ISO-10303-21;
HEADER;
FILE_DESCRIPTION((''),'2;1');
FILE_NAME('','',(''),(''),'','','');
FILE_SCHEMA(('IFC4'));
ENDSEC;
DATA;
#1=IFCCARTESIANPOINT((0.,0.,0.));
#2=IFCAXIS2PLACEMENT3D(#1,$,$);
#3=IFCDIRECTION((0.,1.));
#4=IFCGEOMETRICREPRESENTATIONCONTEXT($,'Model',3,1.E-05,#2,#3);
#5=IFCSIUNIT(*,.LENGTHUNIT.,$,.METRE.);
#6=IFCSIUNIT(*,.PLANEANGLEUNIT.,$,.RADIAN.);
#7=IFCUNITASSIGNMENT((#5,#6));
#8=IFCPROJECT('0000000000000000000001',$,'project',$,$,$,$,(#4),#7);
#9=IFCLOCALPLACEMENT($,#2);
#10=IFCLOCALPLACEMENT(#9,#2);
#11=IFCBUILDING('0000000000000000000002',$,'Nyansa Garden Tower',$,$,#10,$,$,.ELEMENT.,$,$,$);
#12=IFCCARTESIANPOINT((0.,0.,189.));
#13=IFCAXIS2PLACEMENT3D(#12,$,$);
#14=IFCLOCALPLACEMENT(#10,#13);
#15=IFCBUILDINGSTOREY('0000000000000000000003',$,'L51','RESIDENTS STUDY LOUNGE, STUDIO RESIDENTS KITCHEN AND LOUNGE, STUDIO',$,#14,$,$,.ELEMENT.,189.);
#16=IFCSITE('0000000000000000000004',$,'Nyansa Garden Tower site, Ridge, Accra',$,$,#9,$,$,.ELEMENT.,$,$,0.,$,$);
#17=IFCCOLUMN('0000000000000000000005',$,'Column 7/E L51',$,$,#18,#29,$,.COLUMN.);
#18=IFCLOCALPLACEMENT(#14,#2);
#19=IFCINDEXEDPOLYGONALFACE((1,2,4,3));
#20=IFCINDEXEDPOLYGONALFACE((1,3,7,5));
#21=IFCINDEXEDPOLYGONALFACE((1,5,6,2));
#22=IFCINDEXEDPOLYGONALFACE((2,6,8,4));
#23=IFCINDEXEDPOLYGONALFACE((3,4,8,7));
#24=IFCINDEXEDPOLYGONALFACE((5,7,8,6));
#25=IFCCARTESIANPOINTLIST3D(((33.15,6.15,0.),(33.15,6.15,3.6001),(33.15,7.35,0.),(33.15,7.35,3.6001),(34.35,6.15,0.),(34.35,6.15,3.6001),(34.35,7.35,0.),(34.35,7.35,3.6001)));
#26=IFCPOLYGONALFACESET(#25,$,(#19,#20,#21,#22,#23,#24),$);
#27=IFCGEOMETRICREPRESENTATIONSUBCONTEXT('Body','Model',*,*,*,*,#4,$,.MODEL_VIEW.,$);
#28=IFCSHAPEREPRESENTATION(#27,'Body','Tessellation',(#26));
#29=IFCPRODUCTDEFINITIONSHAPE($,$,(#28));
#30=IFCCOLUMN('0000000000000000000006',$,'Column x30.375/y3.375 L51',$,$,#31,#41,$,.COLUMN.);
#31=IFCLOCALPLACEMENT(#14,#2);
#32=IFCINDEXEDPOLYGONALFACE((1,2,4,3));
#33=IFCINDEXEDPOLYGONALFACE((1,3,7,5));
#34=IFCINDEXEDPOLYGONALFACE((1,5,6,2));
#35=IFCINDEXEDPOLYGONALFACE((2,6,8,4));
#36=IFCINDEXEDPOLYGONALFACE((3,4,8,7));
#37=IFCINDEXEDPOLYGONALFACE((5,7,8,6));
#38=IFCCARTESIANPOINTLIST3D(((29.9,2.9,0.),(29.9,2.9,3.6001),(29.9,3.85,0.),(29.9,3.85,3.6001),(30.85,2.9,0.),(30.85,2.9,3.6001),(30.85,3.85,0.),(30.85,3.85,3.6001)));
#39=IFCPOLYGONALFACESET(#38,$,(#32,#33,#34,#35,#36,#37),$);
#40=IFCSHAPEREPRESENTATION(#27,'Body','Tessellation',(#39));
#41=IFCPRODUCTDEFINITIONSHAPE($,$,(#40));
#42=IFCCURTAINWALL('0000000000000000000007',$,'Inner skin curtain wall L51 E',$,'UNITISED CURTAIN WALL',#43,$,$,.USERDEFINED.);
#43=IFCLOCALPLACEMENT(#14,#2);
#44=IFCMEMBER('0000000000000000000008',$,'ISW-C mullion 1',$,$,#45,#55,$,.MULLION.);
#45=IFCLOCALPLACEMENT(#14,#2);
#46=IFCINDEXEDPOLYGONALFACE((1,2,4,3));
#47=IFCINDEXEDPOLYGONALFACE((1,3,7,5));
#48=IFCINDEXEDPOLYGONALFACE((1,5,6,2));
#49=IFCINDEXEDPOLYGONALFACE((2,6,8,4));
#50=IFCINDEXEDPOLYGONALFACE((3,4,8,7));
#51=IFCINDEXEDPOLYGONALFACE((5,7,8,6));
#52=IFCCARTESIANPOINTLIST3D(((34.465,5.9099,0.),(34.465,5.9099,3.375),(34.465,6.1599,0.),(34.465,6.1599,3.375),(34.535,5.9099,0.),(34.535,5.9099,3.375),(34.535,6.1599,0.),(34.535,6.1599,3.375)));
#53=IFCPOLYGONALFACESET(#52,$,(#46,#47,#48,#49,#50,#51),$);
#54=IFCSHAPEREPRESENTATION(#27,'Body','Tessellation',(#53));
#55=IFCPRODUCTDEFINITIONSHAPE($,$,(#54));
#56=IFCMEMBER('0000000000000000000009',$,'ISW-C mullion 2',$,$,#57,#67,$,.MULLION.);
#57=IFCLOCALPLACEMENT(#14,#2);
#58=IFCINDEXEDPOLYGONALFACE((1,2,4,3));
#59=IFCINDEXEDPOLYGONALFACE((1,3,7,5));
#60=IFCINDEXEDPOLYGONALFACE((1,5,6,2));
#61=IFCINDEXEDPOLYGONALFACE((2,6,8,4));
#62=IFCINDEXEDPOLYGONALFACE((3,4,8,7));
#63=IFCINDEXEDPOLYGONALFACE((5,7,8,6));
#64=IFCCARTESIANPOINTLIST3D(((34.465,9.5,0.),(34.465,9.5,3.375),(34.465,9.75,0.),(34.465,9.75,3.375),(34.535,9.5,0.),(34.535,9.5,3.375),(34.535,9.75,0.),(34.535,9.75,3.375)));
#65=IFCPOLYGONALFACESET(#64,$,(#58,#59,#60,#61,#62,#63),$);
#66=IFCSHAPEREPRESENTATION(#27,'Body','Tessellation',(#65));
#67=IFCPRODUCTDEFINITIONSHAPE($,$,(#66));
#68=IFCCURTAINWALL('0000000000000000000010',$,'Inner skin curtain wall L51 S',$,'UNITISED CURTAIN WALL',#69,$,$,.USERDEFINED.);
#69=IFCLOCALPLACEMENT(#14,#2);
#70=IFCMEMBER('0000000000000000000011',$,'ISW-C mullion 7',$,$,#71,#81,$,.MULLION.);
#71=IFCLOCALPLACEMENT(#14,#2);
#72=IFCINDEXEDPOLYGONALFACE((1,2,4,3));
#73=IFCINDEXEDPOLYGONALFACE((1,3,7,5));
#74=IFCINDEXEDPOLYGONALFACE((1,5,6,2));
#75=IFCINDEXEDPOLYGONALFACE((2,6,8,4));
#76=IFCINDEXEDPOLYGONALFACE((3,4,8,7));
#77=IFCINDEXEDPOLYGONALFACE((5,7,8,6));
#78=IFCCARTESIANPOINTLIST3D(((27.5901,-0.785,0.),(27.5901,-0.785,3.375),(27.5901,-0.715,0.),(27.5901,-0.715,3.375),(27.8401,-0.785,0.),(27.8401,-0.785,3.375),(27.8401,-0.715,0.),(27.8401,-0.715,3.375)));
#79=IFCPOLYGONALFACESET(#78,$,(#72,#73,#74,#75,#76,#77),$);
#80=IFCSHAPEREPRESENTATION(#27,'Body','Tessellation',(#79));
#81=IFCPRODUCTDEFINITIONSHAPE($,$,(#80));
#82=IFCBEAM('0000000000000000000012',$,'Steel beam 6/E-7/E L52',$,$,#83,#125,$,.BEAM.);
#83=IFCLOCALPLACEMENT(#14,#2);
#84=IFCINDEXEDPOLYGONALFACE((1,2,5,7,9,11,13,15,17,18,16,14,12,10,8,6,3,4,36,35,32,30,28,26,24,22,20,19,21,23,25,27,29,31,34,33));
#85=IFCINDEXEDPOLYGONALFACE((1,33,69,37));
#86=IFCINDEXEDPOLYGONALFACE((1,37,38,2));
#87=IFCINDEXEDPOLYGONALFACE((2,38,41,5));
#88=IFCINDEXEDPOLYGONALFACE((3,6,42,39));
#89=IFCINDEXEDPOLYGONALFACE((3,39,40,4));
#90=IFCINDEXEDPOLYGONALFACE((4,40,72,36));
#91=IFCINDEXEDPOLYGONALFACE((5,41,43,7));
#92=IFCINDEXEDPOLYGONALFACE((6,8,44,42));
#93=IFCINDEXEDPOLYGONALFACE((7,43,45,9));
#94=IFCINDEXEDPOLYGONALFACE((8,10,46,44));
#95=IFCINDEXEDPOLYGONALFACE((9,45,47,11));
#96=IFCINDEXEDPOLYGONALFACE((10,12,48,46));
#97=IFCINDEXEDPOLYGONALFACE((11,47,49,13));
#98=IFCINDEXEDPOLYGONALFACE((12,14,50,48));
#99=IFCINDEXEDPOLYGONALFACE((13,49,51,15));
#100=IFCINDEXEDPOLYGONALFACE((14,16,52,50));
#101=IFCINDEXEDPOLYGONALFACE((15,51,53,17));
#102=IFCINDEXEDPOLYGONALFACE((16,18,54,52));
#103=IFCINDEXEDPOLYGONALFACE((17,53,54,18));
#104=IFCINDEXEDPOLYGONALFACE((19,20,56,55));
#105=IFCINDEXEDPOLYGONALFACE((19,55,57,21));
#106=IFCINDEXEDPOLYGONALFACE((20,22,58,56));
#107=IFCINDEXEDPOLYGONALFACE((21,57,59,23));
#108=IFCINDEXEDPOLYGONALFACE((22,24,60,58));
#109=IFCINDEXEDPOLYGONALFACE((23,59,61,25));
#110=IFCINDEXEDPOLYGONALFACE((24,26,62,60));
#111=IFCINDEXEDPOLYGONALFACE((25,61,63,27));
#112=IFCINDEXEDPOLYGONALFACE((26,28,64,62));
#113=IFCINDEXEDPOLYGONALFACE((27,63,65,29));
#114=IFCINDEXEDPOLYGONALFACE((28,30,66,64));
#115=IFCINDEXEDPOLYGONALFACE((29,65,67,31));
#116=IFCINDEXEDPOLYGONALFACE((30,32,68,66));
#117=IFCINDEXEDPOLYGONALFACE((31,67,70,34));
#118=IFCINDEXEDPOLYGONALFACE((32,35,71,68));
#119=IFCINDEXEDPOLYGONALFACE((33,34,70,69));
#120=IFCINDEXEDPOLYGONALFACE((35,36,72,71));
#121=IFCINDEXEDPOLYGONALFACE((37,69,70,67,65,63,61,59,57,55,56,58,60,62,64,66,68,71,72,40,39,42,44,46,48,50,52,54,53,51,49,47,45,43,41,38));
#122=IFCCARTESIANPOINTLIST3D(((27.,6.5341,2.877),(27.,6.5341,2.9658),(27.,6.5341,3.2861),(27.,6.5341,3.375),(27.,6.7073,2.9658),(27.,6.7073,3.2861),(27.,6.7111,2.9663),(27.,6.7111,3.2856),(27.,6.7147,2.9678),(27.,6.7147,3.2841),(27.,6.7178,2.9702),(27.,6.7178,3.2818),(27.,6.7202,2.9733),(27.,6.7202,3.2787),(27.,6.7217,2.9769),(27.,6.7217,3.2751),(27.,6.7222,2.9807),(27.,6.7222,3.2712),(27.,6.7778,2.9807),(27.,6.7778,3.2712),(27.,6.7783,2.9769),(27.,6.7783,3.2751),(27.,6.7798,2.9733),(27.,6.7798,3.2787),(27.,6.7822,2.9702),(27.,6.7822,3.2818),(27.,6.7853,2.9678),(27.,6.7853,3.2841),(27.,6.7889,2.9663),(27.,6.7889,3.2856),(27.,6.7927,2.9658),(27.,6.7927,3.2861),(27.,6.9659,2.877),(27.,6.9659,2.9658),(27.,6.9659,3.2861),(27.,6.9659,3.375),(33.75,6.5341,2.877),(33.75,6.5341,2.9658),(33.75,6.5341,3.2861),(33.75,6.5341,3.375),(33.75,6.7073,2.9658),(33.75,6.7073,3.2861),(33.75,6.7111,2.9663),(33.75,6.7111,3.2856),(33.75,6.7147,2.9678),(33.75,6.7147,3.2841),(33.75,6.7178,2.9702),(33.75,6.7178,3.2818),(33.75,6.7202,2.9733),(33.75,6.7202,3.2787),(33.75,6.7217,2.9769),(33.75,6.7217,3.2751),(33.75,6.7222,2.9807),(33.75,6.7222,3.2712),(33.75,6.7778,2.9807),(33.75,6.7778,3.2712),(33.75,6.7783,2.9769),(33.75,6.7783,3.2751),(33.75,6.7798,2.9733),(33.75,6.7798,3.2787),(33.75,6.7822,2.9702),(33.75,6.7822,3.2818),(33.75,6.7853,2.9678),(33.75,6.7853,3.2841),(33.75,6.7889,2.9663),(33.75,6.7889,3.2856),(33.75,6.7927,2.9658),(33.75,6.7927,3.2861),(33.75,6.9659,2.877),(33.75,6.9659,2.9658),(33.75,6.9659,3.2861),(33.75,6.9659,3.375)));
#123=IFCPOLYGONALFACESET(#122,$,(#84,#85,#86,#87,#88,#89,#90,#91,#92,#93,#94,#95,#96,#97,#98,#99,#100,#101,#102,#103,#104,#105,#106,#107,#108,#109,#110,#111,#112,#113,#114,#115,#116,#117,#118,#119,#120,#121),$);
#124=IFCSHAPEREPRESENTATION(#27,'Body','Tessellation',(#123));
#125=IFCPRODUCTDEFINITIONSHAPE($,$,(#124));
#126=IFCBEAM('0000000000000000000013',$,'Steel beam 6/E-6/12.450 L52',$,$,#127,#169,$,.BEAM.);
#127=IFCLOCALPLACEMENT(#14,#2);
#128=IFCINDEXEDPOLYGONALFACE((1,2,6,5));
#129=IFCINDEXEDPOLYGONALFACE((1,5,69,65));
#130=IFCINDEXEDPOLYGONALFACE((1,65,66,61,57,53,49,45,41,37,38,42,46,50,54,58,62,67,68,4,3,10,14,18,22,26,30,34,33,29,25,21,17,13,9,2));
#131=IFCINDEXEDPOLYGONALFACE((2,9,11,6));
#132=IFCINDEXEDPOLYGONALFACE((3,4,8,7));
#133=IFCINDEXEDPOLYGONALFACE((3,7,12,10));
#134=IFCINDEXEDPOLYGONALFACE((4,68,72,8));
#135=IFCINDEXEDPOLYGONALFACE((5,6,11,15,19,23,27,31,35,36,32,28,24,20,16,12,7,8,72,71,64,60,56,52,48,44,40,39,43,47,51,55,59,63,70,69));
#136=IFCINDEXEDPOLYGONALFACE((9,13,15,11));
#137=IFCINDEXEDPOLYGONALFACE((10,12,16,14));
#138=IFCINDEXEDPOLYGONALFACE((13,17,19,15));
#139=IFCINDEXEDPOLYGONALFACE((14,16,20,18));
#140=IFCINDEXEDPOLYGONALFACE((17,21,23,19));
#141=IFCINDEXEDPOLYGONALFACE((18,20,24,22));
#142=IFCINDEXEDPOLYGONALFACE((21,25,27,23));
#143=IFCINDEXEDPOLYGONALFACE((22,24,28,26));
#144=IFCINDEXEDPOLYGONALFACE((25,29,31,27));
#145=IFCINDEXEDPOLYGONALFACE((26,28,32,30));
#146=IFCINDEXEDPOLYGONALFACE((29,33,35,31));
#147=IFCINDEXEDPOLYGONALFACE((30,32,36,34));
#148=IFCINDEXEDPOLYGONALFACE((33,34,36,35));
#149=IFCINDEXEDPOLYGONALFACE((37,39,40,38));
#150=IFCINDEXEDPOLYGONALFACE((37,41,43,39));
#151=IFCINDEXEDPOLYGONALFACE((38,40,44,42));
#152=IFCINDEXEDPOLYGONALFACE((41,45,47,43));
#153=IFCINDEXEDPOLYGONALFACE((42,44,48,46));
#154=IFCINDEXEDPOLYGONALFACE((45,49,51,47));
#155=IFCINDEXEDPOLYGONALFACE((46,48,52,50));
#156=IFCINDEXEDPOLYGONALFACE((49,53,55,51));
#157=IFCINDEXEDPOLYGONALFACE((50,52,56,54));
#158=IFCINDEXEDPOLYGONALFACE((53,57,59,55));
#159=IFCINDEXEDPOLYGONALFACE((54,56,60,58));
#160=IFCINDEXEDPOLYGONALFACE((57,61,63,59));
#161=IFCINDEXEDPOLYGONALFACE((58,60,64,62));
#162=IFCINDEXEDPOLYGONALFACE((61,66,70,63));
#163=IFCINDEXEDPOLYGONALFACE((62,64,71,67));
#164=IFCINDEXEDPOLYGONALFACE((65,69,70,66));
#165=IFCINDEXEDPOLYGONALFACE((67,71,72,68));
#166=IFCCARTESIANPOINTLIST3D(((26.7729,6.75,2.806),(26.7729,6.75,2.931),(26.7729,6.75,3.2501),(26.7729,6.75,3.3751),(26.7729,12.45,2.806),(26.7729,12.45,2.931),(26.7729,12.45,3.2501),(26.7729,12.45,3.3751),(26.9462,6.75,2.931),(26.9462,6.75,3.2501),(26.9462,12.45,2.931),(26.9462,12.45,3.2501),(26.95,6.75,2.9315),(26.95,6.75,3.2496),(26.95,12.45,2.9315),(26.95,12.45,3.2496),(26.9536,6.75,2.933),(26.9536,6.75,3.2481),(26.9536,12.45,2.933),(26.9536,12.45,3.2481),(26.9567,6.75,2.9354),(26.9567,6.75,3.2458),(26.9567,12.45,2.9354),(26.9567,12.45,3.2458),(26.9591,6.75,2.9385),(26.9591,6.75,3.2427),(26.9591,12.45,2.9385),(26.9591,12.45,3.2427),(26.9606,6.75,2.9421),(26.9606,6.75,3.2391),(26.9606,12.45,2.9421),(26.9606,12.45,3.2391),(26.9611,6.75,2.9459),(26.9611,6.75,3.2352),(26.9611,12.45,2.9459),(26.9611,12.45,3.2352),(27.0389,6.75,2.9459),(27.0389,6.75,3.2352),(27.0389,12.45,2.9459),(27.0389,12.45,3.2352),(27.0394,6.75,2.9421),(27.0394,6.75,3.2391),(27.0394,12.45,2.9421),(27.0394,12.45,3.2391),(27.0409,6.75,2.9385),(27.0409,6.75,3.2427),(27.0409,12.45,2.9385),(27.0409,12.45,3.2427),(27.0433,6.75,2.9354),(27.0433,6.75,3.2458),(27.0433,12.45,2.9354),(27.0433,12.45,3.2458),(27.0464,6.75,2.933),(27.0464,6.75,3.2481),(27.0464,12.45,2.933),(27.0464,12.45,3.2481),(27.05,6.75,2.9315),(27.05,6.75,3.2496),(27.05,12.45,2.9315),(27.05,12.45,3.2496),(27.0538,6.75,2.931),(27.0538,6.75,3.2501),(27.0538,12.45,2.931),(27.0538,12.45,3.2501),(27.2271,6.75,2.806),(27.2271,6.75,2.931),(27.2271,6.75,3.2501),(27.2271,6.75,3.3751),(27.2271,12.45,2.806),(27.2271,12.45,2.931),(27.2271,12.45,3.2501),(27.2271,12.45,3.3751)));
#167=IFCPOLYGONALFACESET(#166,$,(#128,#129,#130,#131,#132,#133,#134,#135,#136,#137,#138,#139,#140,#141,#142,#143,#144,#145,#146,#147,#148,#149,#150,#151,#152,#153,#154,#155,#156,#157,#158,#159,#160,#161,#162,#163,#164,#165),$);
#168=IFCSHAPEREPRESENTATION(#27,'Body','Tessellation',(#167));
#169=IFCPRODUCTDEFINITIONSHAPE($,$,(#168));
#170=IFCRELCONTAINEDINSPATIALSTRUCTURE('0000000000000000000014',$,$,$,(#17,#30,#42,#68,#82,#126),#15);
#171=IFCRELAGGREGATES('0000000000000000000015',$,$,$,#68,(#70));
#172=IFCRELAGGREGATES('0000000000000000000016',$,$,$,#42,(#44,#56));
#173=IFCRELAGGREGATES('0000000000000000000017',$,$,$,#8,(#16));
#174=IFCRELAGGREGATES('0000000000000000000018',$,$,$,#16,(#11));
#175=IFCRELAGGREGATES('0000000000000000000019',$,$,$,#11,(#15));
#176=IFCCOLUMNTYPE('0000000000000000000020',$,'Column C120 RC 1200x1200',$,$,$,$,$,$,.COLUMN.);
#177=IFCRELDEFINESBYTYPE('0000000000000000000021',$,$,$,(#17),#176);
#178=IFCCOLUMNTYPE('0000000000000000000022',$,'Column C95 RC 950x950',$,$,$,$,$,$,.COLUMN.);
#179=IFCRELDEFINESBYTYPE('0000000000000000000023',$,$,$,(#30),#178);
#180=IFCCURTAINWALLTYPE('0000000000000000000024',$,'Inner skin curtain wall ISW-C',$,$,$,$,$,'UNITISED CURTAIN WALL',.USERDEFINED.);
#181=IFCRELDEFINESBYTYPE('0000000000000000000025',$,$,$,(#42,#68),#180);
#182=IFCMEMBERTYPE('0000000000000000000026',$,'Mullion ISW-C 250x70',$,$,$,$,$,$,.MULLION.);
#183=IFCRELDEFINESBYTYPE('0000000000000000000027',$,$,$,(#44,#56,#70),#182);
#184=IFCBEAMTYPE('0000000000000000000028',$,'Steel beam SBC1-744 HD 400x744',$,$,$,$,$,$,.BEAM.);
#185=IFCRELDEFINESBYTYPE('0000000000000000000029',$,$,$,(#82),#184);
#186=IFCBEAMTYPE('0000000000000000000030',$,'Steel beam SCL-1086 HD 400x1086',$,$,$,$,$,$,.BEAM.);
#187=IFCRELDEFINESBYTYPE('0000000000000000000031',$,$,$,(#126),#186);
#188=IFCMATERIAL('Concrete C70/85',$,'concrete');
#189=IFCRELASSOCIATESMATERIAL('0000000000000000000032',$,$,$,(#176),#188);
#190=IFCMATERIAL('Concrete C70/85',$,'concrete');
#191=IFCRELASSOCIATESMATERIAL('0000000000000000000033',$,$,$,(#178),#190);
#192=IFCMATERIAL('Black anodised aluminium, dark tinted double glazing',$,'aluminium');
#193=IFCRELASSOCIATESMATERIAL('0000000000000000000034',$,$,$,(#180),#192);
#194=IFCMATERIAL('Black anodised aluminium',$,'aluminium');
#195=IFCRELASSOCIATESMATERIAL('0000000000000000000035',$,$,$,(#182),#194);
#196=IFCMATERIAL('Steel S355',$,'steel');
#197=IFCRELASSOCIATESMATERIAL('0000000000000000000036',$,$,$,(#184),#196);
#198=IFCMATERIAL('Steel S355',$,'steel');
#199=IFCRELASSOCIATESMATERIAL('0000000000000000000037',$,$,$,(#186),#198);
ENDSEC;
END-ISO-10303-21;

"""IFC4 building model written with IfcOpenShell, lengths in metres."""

from ifc_helpers import new_model, si_unit, direction, frame, origin, origin_2d, place, context, subcontext, project, spatial, rectangle, i_section, extrude, material, material_profile, profile_set, type_object, element, aggregate, save


model = new_model("IFC4")

# Units and contexts
model_context = context("Model", 3, precision=1e-05, world=origin(), true_north=direction((0.0, 1.0)))
body_context = subcontext(model_context, "Body", "Model", "MODEL_VIEW")
ifc_project = project(units=[si_unit("LENGTHUNIT", "METRE"), si_unit("PLANEANGLEUNIT", "RADIAN")], contexts=[model_context])

# Site, building, storey
site_placement = place(None, origin())
site = spatial("IfcSite", under=ifc_project, at=site_placement, Name="Nyansa Garden Tower site, Ridge, Accra", CompositionType="ELEMENT", RefElevation=0.0)
building_placement = place(site_placement, origin())
building = spatial("IfcBuilding", under=site, at=building_placement, Name="Nyansa Garden Tower", CompositionType="ELEMENT")
storey_placement = place(building_placement, frame((0.0, 0.0, 189.0)))
storey = spatial("IfcBuildingStorey", under=building, at=storey_placement, Name="L51", Description="RESIDENTS STUDY LOUNGE, STUDIO RESIDENTS KITCHEN AND LOUNGE, STUDIO", CompositionType="ELEMENT", Elevation=189.0)

# Columns
ifc_material_1 = material(Name="Concrete C70/85", Category="concrete")
ifc_material_profile_1 = material_profile(ifc_material_1, rectangle(XDim=1.2, YDim=1.2, at=origin_2d()), Name="RC 1200x1200")
ifc_profile_set_1 = profile_set([ifc_material_profile_1], Name="Concrete C70/85")
column_type_1 = type_object("IfcColumnType", Name="Column C120 RC 1200x1200", PredefinedType="COLUMN", material=ifc_profile_set_1)
column_1_placement = place(storey_placement, frame((33.75, 6.75, 0.0), z_axis=(0.0, 0.0, 1.0), x_axis=(1.0, 0.0, 0.0)))
element("IfcColumn", 1, at=column_1_placement, inside=storey, type_object=column_type_1, Name="Column 7/E L51", PredefinedType="COLUMN", context=body_context, shape_type="SweptSolid", body=[
    extrude(rectangle(XDim=1.2, YDim=1.2, at=origin_2d()), origin(), (0.0, 0.0, 1.0), 3.6001),
])
ifc_material_2 = material(Name="Concrete C70/85", Category="concrete")
ifc_material_profile_2 = material_profile(ifc_material_2, rectangle(XDim=0.95, YDim=0.95, at=origin_2d()), Name="RC 950x950")
ifc_profile_set_2 = profile_set([ifc_material_profile_2], Name="Concrete C70/85")
column_type_2 = type_object("IfcColumnType", Name="Column C95 RC 950x950", PredefinedType="COLUMN", material=ifc_profile_set_2)
column_2_placement = place(storey_placement, frame((30.375, 3.375, 0.0), z_axis=(0.0, 0.0, 1.0), x_axis=(1.0, 0.0, 0.0)))
element("IfcColumn", 2, at=column_2_placement, inside=storey, type_object=column_type_2, Name="Column x30.375/y3.375 L51", PredefinedType="COLUMN", context=body_context, shape_type="SweptSolid", body=[
    extrude(rectangle(XDim=0.95, YDim=0.95, at=origin_2d()), origin(), (0.0, 0.0, 1.0), 3.6001),
])

# Curtain wall, members
ifc_material_3 = material(Name="Black anodised aluminium, dark tinted double glazing", Category="aluminium")
curtain_wall_type = type_object("IfcCurtainWallType", Name="Inner skin curtain wall ISW-C", ElementType="UNITISED CURTAIN WALL", PredefinedType="USERDEFINED", material=ifc_material_3)
curtain_wall_1_placement = place(storey_placement, origin())
curtain_wall_1 = element("IfcCurtainWall", 3, at=curtain_wall_1_placement, inside=storey, type_object=curtain_wall_type, Name="Inner skin curtain wall L51 E", ObjectType="UNITISED CURTAIN WALL", PredefinedType="USERDEFINED")
ifc_material_4 = material(Name="Black anodised aluminium", Category="aluminium")
ifc_material_profile_3 = material_profile(ifc_material_4, rectangle(XDim=0.0701, YDim=0.25, at=origin_2d()), Name="Mullion 250x70")
ifc_profile_set_3 = profile_set([ifc_material_profile_3], Name="Black anodised aluminium")
member_type_1 = type_object("IfcMemberType", Name="Mullion ISW-C 250x70", PredefinedType="MULLION", material=ifc_profile_set_3)
member_1_placement = place(storey_placement, frame((34.5, 6.0349, 0.0), z_axis=(0.0, 0.0, 1.0), x_axis=(-1.0, 0.0, 0.0)))
member_1 = element("IfcMember", 4, at=member_1_placement, type_object=member_type_1, Name="ISW-C mullion 1", PredefinedType="MULLION", context=body_context, shape_type="SweptSolid", body=[
    extrude(rectangle(XDim=0.0701, YDim=0.25, at=origin_2d()), origin(), (0.0, 0.0, 1.0), 3.375),
])
member_2_placement = place(storey_placement, frame((34.5, 9.625, 0.0), z_axis=(0.0, 0.0, 1.0), x_axis=(-1.0, 0.0, 0.0)))
member_2 = element("IfcMember", 5, at=member_2_placement, type_object=member_type_1, Name="ISW-C mullion 2", PredefinedType="MULLION", context=body_context, shape_type="SweptSolid", body=[
    extrude(rectangle(XDim=0.0701, YDim=0.25, at=origin_2d()), origin(), (0.0, 0.0, 1.0), 3.375),
])

# Curtain wall, member
curtain_wall_2_placement = place(storey_placement, origin())
curtain_wall_2 = element("IfcCurtainWall", 6, at=curtain_wall_2_placement, inside=storey, type_object=curtain_wall_type, Name="Inner skin curtain wall L51 S", ObjectType="UNITISED CURTAIN WALL", PredefinedType="USERDEFINED")
member_3_placement = place(storey_placement, frame((27.7151, -0.75, 0.0), z_axis=(0.0, 0.0, 1.0), x_axis=(0.0, 1.0, 0.0)))
member_3 = element("IfcMember", 7, at=member_3_placement, type_object=member_type_1, Name="ISW-C mullion 7", PredefinedType="MULLION", context=body_context, shape_type="SweptSolid", body=[
    extrude(rectangle(XDim=0.0701, YDim=0.25, at=origin_2d()), origin(), (0.0, 0.0, 1.0), 3.375),
])
aggregate(curtain_wall_2, [member_3])

# Beams
ifc_material_5 = material(Name="Steel S355", Category="steel")
ifc_material_profile_4 = material_profile(ifc_material_5, i_section(OverallWidth=0.4319, OverallDepth=0.498, WebThickness=0.0557, FlangeThickness=0.0889, FilletRadius=0.0149, at=origin_2d()), Name="HD 400x744")
ifc_profile_set_4 = profile_set([ifc_material_profile_4], Name="Steel S355")
beam_type_1 = type_object("IfcBeamType", Name="Steel beam SBC1-744 HD 400x744", PredefinedType="BEAM", material=ifc_profile_set_4)
beam_1_placement = place(storey_placement, frame((27.0, 6.75, 3.126), z_axis=(1.0, 0.0, 0.0), x_axis=(0.0, 1.0, 0.0)))
element("IfcBeam", 8, at=beam_1_placement, inside=storey, type_object=beam_type_1, Name="Steel beam 6/E-7/E L52", PredefinedType="BEAM", context=body_context, shape_type="SweptSolid", body=[
    extrude(i_section(OverallWidth=0.4319, OverallDepth=0.498, WebThickness=0.0557, FlangeThickness=0.0889, FilletRadius=0.0149, at=origin_2d()), origin(), (0.0, 0.0, 1.0), 6.75),
])
ifc_material_6 = material(Name="Steel S355", Category="steel")
ifc_material_profile_5 = material_profile(ifc_material_6, i_section(OverallWidth=0.4541, OverallDepth=0.5691, WebThickness=0.0779, FlangeThickness=0.125, FilletRadius=0.0149, at=origin_2d()), Name="HD 400x1086")
ifc_profile_set_5 = profile_set([ifc_material_profile_5], Name="Steel S355")
beam_type_2 = type_object("IfcBeamType", Name="Steel beam SCL-1086 HD 400x1086", PredefinedType="BEAM", material=ifc_profile_set_5)
beam_2_placement = place(storey_placement, frame((27.0, 6.75, 3.0906), z_axis=(0.0, 1.0, 0.0), x_axis=(-1.0, 0.0, 0.0)))
element("IfcBeam", 9, at=beam_2_placement, inside=storey, type_object=beam_type_2, Name="Steel beam 6/E-6/12.450 L52", PredefinedType="BEAM", context=body_context, shape_type="SweptSolid", body=[
    extrude(i_section(OverallWidth=0.4541, OverallDepth=0.5691, WebThickness=0.0779, FlangeThickness=0.125, FilletRadius=0.0149, at=origin_2d()), origin(), (0.0, 0.0, 1.0), 5.7),
])

aggregate(curtain_wall_1, [member_1, member_2])

save(model, "model.ifc")
